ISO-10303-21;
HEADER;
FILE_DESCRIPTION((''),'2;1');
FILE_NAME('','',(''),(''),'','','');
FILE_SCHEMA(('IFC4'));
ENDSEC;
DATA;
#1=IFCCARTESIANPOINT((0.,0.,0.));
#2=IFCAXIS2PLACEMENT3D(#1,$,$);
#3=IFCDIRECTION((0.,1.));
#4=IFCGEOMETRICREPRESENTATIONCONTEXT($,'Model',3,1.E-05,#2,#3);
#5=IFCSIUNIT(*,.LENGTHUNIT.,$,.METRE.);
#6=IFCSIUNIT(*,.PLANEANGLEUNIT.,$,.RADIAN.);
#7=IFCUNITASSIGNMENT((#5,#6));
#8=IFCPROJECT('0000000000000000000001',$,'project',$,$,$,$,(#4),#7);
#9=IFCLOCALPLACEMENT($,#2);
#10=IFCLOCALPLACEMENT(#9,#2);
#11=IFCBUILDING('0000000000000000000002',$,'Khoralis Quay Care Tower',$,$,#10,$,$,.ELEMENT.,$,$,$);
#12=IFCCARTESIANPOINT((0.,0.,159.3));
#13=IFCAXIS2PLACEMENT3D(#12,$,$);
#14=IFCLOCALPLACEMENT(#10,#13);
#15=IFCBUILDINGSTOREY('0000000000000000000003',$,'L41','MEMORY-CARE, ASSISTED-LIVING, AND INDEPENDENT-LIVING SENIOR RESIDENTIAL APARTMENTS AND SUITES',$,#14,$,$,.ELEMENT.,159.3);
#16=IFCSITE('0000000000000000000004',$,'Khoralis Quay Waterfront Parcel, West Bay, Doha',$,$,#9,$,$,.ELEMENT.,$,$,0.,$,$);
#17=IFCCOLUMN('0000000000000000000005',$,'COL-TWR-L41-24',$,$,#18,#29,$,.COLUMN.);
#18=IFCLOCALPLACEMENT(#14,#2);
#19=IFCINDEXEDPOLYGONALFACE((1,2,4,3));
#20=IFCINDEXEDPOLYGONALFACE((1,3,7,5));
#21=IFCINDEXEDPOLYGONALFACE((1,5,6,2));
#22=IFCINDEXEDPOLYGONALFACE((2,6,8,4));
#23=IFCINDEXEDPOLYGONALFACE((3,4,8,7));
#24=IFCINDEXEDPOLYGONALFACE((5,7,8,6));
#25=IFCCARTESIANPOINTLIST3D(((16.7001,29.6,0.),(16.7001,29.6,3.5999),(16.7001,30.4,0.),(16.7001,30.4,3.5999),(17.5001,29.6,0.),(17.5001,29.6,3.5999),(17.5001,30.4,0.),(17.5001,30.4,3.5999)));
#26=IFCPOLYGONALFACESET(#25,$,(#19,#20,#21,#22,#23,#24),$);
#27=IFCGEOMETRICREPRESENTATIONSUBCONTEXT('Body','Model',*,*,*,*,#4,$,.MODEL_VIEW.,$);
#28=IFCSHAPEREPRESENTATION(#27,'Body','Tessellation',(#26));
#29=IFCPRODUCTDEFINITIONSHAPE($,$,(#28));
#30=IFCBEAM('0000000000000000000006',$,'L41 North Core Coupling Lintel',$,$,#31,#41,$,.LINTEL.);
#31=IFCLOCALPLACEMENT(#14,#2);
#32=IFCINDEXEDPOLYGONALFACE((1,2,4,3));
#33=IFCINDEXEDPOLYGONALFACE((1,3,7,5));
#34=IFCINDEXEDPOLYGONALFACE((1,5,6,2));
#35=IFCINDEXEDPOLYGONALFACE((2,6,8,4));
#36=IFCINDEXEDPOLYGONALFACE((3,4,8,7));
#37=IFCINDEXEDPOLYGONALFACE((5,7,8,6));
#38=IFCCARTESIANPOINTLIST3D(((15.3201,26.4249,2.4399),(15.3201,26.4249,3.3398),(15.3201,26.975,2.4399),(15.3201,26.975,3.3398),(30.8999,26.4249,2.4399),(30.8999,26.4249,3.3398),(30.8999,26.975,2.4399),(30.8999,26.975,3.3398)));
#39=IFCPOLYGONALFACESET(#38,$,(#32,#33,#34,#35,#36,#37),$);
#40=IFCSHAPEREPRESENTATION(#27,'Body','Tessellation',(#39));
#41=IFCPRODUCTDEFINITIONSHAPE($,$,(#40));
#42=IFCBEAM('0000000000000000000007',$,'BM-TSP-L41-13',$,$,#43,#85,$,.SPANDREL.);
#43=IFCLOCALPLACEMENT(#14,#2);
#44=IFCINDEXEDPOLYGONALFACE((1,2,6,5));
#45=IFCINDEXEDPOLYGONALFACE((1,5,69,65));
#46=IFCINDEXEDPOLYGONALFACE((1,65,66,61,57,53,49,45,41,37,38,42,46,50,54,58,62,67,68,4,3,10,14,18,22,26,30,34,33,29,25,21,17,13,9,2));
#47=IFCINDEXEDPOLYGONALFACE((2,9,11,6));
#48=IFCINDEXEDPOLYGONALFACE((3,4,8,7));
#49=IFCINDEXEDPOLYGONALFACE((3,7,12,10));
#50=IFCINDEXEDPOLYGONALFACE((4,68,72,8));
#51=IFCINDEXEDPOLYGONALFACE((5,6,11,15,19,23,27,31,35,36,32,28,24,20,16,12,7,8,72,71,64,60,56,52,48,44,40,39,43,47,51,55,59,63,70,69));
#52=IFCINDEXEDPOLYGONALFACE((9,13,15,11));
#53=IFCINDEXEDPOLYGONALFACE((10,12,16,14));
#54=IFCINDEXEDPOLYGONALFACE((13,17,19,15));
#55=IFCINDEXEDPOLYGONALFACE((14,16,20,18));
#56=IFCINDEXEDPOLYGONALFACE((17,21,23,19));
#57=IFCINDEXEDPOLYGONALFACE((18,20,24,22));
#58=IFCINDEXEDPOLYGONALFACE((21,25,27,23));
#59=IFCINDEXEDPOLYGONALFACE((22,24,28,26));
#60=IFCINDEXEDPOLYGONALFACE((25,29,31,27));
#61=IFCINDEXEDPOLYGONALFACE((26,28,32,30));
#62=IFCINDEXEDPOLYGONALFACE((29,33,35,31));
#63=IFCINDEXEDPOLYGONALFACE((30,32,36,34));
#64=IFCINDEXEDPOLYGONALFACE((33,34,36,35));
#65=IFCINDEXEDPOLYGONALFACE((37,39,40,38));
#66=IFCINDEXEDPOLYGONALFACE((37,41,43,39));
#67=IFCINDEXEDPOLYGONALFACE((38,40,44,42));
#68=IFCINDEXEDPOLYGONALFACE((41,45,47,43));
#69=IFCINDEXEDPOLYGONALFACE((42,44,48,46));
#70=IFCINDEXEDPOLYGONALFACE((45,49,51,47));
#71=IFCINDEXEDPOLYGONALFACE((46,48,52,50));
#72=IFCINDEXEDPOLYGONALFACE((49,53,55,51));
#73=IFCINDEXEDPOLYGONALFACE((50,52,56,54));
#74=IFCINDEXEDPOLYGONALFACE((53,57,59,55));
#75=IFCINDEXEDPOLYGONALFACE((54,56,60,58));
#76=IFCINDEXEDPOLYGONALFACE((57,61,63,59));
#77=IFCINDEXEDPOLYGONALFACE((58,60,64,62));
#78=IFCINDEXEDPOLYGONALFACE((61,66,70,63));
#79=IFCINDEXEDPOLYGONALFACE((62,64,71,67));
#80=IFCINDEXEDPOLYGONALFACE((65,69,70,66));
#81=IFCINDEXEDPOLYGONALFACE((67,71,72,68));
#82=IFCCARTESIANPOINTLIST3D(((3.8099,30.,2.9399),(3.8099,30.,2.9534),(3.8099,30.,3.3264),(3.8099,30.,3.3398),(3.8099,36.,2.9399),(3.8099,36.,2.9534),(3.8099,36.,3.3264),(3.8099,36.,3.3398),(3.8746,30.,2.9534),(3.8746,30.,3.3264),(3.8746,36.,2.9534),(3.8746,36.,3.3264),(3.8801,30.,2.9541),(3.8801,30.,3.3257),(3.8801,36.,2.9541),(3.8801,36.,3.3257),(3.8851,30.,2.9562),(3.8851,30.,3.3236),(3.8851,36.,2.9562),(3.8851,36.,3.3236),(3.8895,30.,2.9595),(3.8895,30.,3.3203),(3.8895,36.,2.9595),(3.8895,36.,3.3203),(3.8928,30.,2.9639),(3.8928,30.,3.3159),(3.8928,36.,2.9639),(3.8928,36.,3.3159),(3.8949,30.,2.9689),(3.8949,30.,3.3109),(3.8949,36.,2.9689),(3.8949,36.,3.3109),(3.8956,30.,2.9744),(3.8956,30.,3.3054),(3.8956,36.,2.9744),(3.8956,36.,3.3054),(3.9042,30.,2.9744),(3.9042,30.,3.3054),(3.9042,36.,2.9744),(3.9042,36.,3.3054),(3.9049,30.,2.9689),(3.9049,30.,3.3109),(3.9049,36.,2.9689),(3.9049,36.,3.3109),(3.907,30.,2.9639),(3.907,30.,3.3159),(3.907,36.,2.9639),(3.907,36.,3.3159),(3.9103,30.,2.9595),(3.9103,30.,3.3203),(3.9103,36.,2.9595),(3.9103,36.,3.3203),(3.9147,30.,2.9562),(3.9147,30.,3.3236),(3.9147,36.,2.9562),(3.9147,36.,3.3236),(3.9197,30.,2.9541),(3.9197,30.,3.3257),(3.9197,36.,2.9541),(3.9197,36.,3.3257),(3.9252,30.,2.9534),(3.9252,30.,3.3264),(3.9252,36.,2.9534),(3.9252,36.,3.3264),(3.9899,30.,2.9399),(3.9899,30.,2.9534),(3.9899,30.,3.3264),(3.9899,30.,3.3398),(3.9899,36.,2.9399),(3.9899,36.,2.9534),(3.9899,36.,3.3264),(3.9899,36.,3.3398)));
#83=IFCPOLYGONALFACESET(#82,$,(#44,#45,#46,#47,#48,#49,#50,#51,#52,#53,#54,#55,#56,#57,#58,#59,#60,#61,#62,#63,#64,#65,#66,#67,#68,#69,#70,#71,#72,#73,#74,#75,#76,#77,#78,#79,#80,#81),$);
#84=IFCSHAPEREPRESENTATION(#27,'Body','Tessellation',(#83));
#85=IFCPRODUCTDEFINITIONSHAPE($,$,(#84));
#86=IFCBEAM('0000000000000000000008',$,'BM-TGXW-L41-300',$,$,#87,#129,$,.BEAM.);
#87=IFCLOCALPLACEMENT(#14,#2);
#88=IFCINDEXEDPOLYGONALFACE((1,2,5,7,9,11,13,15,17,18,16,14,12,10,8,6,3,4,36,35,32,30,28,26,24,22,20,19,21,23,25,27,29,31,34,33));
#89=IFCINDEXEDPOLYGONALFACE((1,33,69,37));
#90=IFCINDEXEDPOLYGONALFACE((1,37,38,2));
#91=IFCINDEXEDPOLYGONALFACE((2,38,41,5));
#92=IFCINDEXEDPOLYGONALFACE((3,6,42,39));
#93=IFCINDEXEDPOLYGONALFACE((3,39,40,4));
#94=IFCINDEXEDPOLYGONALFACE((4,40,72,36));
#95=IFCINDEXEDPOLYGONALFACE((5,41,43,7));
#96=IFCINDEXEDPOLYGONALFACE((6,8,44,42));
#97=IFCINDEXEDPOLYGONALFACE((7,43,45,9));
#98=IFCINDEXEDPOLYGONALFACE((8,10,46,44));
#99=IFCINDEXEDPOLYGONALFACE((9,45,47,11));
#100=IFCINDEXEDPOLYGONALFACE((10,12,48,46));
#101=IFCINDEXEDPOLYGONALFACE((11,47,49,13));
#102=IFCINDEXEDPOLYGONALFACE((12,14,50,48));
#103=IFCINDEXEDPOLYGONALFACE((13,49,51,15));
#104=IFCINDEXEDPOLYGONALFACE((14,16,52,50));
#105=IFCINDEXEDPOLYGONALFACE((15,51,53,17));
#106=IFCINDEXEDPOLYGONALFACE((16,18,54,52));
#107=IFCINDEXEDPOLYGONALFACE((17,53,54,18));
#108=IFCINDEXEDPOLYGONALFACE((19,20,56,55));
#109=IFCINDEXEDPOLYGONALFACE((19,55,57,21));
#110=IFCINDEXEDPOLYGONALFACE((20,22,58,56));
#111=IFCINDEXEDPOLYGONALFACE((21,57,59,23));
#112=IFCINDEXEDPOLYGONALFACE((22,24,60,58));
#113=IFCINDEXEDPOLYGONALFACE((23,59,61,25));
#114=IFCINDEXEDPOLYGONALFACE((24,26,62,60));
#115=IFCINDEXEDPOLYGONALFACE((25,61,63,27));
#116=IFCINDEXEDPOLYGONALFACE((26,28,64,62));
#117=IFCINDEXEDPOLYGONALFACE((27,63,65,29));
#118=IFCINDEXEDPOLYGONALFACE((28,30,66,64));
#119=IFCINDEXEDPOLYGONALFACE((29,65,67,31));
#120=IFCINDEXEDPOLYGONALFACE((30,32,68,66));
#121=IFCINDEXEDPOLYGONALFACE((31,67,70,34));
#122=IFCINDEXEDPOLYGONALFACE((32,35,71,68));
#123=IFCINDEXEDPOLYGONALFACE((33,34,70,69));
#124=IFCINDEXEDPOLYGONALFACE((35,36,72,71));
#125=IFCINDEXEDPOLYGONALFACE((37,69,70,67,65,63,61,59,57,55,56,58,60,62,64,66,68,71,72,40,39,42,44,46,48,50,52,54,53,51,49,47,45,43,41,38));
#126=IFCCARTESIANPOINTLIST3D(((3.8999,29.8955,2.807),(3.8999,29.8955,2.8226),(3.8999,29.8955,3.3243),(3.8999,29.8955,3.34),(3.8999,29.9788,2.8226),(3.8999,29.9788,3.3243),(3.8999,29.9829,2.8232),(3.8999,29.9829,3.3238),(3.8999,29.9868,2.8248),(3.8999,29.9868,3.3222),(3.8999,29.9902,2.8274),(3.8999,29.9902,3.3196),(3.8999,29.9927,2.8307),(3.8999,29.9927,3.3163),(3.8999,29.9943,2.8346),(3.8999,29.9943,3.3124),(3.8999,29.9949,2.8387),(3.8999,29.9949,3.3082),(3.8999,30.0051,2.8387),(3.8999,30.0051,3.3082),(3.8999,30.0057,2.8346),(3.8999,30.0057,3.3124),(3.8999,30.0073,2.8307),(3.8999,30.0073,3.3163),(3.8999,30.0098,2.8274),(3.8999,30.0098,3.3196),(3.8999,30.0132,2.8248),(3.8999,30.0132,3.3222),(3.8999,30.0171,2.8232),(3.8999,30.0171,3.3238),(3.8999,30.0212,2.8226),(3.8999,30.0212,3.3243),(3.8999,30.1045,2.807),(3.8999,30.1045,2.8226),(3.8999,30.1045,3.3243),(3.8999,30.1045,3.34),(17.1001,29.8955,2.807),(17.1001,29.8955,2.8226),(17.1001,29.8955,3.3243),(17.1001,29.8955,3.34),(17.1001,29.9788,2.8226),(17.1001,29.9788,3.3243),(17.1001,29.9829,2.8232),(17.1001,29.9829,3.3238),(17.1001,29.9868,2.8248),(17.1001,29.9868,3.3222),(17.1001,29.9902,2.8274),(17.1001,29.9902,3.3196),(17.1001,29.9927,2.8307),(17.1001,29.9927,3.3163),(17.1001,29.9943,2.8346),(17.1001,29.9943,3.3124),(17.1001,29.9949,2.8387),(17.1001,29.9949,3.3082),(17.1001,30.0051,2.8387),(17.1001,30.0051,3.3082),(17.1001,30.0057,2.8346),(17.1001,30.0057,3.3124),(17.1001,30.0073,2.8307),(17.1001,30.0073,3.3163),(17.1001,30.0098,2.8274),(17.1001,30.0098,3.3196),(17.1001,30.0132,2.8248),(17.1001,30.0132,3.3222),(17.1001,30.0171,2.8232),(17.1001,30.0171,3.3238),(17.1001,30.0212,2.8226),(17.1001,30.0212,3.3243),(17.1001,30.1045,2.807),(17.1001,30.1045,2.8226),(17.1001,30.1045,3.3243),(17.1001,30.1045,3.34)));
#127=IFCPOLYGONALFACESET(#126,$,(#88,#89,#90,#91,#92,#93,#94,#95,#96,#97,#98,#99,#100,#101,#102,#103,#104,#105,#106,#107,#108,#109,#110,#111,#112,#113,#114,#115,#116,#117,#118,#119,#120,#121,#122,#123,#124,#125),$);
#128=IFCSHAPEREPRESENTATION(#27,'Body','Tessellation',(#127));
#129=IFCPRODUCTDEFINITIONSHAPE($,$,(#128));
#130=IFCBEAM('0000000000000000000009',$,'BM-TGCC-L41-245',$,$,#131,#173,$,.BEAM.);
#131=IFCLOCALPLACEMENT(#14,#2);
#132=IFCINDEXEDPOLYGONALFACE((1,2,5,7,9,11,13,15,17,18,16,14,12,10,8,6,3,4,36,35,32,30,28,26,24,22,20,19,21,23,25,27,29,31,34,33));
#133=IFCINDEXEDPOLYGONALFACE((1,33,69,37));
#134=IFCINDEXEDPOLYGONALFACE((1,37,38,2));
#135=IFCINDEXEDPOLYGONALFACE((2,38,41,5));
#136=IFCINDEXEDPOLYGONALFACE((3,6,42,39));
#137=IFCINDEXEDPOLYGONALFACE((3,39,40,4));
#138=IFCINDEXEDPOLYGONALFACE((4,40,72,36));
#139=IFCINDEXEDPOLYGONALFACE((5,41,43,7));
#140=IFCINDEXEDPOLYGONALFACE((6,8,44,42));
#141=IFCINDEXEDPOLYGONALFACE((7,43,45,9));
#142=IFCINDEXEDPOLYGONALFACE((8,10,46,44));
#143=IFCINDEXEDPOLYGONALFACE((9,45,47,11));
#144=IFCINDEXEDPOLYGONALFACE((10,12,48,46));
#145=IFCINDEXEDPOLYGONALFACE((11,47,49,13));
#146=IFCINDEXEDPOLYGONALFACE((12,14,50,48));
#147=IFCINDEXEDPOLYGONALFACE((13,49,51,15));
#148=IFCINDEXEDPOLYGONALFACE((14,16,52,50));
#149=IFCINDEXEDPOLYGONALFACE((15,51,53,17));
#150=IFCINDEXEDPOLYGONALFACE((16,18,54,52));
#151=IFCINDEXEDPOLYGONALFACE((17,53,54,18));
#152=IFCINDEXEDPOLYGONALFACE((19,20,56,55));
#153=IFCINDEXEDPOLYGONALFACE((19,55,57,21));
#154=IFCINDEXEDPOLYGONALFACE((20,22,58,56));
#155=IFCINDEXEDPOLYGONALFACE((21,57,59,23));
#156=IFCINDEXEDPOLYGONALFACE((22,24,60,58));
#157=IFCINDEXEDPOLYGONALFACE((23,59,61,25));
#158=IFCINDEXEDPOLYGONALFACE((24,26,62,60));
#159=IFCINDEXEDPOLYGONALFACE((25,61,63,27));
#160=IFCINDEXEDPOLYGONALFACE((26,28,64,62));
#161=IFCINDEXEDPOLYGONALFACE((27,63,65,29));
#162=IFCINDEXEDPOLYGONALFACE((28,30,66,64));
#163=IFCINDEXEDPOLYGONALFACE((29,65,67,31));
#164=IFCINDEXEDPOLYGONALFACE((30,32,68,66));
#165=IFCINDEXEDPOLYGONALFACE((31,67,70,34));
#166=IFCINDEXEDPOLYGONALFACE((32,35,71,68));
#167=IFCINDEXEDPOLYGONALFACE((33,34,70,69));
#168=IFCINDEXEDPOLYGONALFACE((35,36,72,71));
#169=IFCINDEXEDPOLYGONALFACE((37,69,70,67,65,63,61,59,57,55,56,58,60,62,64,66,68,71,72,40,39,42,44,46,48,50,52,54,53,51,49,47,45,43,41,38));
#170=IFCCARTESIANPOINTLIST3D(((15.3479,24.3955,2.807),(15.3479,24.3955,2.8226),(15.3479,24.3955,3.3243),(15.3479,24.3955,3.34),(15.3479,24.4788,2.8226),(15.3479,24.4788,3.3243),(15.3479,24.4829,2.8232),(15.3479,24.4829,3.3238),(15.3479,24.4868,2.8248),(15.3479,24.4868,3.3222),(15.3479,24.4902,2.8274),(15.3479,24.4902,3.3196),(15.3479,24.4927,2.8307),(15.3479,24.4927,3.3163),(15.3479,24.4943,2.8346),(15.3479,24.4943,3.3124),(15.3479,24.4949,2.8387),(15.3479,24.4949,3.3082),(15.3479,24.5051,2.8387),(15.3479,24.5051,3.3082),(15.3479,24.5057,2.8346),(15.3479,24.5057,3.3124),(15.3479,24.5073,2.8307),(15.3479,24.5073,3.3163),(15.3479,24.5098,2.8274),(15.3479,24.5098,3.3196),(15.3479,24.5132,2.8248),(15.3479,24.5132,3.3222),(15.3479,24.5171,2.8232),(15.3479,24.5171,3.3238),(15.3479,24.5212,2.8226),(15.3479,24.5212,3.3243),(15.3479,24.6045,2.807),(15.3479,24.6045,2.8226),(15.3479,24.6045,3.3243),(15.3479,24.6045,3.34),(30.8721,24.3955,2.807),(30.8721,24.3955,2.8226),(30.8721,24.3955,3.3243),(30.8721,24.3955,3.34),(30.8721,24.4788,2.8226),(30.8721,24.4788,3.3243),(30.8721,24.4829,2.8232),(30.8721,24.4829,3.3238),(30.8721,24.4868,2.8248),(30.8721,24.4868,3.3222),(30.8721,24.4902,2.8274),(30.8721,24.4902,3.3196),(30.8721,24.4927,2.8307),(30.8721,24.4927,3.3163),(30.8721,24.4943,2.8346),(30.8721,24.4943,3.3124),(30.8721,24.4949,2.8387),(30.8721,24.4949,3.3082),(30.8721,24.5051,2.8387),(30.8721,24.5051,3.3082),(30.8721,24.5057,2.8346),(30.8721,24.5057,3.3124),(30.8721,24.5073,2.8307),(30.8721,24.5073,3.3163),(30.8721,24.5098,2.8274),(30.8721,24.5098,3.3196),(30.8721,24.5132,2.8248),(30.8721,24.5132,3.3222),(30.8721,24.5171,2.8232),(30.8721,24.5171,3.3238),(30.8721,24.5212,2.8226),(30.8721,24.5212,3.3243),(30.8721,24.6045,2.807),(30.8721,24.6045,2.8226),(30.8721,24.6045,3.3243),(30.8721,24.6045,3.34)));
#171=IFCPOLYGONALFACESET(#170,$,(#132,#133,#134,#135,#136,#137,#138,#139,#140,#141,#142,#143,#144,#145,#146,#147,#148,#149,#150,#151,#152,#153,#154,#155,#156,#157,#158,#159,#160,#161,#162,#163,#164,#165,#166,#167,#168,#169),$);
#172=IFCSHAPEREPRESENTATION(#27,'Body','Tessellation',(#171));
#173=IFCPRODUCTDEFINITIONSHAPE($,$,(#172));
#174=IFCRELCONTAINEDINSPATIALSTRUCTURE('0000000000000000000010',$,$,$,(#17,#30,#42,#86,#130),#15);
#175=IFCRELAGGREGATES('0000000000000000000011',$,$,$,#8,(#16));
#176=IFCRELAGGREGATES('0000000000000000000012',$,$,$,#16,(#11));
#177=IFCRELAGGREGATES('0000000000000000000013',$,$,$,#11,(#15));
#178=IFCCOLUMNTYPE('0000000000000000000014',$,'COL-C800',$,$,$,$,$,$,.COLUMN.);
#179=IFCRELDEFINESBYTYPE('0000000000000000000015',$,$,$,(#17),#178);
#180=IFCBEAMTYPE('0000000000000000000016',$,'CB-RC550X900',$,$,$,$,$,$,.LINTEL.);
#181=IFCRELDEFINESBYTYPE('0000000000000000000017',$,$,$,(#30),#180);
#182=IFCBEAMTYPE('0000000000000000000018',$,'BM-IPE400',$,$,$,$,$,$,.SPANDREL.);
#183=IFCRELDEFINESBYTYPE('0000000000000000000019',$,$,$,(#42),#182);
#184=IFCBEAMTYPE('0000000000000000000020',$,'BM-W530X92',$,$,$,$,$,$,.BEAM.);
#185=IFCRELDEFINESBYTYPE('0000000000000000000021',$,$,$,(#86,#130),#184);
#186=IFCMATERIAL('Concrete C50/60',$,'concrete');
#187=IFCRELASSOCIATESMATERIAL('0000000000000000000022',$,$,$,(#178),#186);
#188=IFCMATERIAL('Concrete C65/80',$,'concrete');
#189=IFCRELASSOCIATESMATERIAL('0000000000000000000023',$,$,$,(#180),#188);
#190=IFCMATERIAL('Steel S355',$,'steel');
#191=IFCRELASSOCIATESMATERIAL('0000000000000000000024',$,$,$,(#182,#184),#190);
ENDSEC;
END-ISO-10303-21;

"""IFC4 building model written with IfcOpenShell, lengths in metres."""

from ifc_helpers import new_model, si_unit, direction, frame, origin, origin_2d, place, context, subcontext, project, spatial, rectangle, i_section, extrude, source, transform, mapped, material, material_profile, profile_set, type_object, element, save


model = new_model("IFC4")

# Units and contexts
model_context = context("Model", 3, precision=1e-05, world=origin(), true_north=direction((0.0, 1.0)))
body_context = subcontext(model_context, "Body", "Model", "MODEL_VIEW")
ifc_project = project(units=[si_unit("LENGTHUNIT", "METRE"), si_unit("PLANEANGLEUNIT", "RADIAN")], contexts=[model_context])

# Site, building, storey
site_placement = place(None, origin())
site = spatial("IfcSite", under=ifc_project, at=site_placement, Name="Khoralis Quay Waterfront Parcel, West Bay, Doha", CompositionType="ELEMENT", RefElevation=0.0)
building_placement = place(site_placement, origin())
building = spatial("IfcBuilding", under=site, at=building_placement, Name="Khoralis Quay Care Tower", CompositionType="ELEMENT")
storey_placement = place(building_placement, frame((0.0, 0.0, 159.3)))
storey = spatial("IfcBuildingStorey", under=building, at=storey_placement, Name="L41", Description="MEMORY-CARE, ASSISTED-LIVING, AND INDEPENDENT-LIVING SENIOR RESIDENTIAL APARTMENTS AND SUITES", CompositionType="ELEMENT", Elevation=159.3)

# Column
ifc_material_1 = material(Name="Concrete C50/60", Category="concrete")
ifc_material_profile_1 = material_profile(ifc_material_1, rectangle(XDim=0.8, YDim=0.8, at=origin_2d()), Name="Concrete C50/60")
ifc_profile_set_1 = profile_set([ifc_material_profile_1], Name="Concrete C50/60")
column_type = type_object("IfcColumnType", Name="COL-C800", PredefinedType="COLUMN", material=ifc_profile_set_1)
shared_shape_1 = source(origin(), body_context, "Body", "SweptSolid", [
    extrude(rectangle(XDim=0.8, YDim=0.8, at=origin_2d()), origin(), (0.0, 0.0, 1.0), 3.5999),
])
column_placement = place(storey_placement, frame((17.1001, 30.0, 0.0), z_axis=(0.0, 0.0, 1.0), x_axis=(1.0, 0.0, 0.0)))
element("IfcColumn", 1, at=column_placement, inside=storey, type_object=column_type, Name="COL-TWR-L41-24", PredefinedType="COLUMN", context=body_context, shape_type="MappedRepresentation", body=[
    mapped(shared_shape_1, transform((0.0, 0.0, 0.0), scale=1.0)),
])

# Beams
ifc_material_2 = material(Name="Concrete C65/80", Category="concrete")
ifc_material_profile_2 = material_profile(ifc_material_2, rectangle(XDim=0.55, YDim=0.8999, at=origin_2d()), Name="Concrete C65/80")
ifc_profile_set_2 = profile_set([ifc_material_profile_2], Name="Concrete C65/80")
beam_type_1 = type_object("IfcBeamType", Name="CB-RC550X900", PredefinedType="LINTEL", material=ifc_profile_set_2)
shared_shape_2 = source(origin(), body_context, "Body", "SweptSolid", [
    extrude(rectangle(XDim=0.55, YDim=0.8999, at=origin_2d()), origin(), (0.0, 0.0, 1.0), 15.5798),
])
beam_1_placement = place(storey_placement, frame((15.3201, 26.7, 2.8899), z_axis=(1.0, 0.0, 0.0), x_axis=(0.0, 1.0, 0.0)))
element("IfcBeam", 2, at=beam_1_placement, inside=storey, type_object=beam_type_1, Name="L41 North Core Coupling Lintel", PredefinedType="LINTEL", context=body_context, shape_type="MappedRepresentation", body=[
    mapped(shared_shape_2, transform((0.0, 0.0, 0.0), scale=1.0)),
])
ifc_material_3 = material(Name="Steel S355", Category="steel")
ifc_material_profile_3 = material_profile(ifc_material_3, i_section(OverallWidth=0.1799, OverallDepth=0.3999, WebThickness=0.0085, FlangeThickness=0.0134, FilletRadius=0.021, at=origin_2d()), Name="Steel S355")
ifc_profile_set_3 = profile_set([ifc_material_profile_3], Name="Steel S355")
beam_type_2 = type_object("IfcBeamType", Name="BM-IPE400", PredefinedType="SPANDREL", material=ifc_profile_set_3)
shared_shape_3 = source(origin(), body_context, "Body", "SweptSolid", [
    extrude(i_section(OverallWidth=0.1799, OverallDepth=0.3999, WebThickness=0.0085, FlangeThickness=0.0134, FilletRadius=0.021, at=origin_2d()), origin(), (0.0, 0.0, 1.0), 6.0),
])
beam_2_placement = place(storey_placement, frame((3.8999, 30.0, 3.1399), z_axis=(0.0, 1.0, 0.0), x_axis=(-1.0, 0.0, 0.0)))
element("IfcBeam", 3, at=beam_2_placement, inside=storey, type_object=beam_type_2, Name="BM-TSP-L41-13", PredefinedType="SPANDREL", context=body_context, shape_type="MappedRepresentation", body=[
    mapped(shared_shape_3, transform((0.0, 0.0, 0.0), scale=1.0)),
])
ifc_material_profile_4 = material_profile(ifc_material_3, i_section(OverallWidth=0.209, OverallDepth=0.533, WebThickness=0.0103, FlangeThickness=0.0156, FilletRadius=0.0161, at=origin_2d()), Name="Steel S355")
ifc_profile_set_4 = profile_set([ifc_material_profile_4], Name="Steel S355")
beam_type_3 = type_object("IfcBeamType", Name="BM-W530X92", PredefinedType="BEAM", material=ifc_profile_set_4)
shared_shape_4 = source(origin(), body_context, "Body", "SweptSolid", [
    extrude(i_section(OverallWidth=0.209, OverallDepth=0.533, WebThickness=0.0103, FlangeThickness=0.0156, FilletRadius=0.0161, at=origin_2d()), origin(), (0.0, 0.0, 1.0), 13.2002),
])
beam_3_placement = place(storey_placement, frame((3.8999, 30.0, 3.0735), z_axis=(1.0, 0.0, 0.0), x_axis=(0.0, 1.0, 0.0)))
element("IfcBeam", 4, at=beam_3_placement, inside=storey, type_object=beam_type_3, Name="BM-TGXW-L41-300", PredefinedType="BEAM", context=body_context, shape_type="MappedRepresentation", body=[
    mapped(shared_shape_4, transform((0.0, 0.0, 0.0), scale=1.0)),
])
shared_shape_5 = source(origin(), body_context, "Body", "SweptSolid", [
    extrude(i_section(OverallWidth=0.209, OverallDepth=0.533, WebThickness=0.0103, FlangeThickness=0.0156, FilletRadius=0.0161, at=origin_2d()), origin(), (0.0, 0.0, 1.0), 15.5242),
])
beam_4_placement = place(storey_placement, frame((15.3479, 24.5, 3.0735), z_axis=(1.0, 0.0, 0.0), x_axis=(0.0, 1.0, 0.0)))
element("IfcBeam", 5, at=beam_4_placement, inside=storey, type_object=beam_type_3, Name="BM-TGCC-L41-245", PredefinedType="BEAM", context=body_context, shape_type="MappedRepresentation", body=[
    mapped(shared_shape_5, transform((0.0, 0.0, 0.0), scale=1.0)),
])

save(model, "model.ifc")
